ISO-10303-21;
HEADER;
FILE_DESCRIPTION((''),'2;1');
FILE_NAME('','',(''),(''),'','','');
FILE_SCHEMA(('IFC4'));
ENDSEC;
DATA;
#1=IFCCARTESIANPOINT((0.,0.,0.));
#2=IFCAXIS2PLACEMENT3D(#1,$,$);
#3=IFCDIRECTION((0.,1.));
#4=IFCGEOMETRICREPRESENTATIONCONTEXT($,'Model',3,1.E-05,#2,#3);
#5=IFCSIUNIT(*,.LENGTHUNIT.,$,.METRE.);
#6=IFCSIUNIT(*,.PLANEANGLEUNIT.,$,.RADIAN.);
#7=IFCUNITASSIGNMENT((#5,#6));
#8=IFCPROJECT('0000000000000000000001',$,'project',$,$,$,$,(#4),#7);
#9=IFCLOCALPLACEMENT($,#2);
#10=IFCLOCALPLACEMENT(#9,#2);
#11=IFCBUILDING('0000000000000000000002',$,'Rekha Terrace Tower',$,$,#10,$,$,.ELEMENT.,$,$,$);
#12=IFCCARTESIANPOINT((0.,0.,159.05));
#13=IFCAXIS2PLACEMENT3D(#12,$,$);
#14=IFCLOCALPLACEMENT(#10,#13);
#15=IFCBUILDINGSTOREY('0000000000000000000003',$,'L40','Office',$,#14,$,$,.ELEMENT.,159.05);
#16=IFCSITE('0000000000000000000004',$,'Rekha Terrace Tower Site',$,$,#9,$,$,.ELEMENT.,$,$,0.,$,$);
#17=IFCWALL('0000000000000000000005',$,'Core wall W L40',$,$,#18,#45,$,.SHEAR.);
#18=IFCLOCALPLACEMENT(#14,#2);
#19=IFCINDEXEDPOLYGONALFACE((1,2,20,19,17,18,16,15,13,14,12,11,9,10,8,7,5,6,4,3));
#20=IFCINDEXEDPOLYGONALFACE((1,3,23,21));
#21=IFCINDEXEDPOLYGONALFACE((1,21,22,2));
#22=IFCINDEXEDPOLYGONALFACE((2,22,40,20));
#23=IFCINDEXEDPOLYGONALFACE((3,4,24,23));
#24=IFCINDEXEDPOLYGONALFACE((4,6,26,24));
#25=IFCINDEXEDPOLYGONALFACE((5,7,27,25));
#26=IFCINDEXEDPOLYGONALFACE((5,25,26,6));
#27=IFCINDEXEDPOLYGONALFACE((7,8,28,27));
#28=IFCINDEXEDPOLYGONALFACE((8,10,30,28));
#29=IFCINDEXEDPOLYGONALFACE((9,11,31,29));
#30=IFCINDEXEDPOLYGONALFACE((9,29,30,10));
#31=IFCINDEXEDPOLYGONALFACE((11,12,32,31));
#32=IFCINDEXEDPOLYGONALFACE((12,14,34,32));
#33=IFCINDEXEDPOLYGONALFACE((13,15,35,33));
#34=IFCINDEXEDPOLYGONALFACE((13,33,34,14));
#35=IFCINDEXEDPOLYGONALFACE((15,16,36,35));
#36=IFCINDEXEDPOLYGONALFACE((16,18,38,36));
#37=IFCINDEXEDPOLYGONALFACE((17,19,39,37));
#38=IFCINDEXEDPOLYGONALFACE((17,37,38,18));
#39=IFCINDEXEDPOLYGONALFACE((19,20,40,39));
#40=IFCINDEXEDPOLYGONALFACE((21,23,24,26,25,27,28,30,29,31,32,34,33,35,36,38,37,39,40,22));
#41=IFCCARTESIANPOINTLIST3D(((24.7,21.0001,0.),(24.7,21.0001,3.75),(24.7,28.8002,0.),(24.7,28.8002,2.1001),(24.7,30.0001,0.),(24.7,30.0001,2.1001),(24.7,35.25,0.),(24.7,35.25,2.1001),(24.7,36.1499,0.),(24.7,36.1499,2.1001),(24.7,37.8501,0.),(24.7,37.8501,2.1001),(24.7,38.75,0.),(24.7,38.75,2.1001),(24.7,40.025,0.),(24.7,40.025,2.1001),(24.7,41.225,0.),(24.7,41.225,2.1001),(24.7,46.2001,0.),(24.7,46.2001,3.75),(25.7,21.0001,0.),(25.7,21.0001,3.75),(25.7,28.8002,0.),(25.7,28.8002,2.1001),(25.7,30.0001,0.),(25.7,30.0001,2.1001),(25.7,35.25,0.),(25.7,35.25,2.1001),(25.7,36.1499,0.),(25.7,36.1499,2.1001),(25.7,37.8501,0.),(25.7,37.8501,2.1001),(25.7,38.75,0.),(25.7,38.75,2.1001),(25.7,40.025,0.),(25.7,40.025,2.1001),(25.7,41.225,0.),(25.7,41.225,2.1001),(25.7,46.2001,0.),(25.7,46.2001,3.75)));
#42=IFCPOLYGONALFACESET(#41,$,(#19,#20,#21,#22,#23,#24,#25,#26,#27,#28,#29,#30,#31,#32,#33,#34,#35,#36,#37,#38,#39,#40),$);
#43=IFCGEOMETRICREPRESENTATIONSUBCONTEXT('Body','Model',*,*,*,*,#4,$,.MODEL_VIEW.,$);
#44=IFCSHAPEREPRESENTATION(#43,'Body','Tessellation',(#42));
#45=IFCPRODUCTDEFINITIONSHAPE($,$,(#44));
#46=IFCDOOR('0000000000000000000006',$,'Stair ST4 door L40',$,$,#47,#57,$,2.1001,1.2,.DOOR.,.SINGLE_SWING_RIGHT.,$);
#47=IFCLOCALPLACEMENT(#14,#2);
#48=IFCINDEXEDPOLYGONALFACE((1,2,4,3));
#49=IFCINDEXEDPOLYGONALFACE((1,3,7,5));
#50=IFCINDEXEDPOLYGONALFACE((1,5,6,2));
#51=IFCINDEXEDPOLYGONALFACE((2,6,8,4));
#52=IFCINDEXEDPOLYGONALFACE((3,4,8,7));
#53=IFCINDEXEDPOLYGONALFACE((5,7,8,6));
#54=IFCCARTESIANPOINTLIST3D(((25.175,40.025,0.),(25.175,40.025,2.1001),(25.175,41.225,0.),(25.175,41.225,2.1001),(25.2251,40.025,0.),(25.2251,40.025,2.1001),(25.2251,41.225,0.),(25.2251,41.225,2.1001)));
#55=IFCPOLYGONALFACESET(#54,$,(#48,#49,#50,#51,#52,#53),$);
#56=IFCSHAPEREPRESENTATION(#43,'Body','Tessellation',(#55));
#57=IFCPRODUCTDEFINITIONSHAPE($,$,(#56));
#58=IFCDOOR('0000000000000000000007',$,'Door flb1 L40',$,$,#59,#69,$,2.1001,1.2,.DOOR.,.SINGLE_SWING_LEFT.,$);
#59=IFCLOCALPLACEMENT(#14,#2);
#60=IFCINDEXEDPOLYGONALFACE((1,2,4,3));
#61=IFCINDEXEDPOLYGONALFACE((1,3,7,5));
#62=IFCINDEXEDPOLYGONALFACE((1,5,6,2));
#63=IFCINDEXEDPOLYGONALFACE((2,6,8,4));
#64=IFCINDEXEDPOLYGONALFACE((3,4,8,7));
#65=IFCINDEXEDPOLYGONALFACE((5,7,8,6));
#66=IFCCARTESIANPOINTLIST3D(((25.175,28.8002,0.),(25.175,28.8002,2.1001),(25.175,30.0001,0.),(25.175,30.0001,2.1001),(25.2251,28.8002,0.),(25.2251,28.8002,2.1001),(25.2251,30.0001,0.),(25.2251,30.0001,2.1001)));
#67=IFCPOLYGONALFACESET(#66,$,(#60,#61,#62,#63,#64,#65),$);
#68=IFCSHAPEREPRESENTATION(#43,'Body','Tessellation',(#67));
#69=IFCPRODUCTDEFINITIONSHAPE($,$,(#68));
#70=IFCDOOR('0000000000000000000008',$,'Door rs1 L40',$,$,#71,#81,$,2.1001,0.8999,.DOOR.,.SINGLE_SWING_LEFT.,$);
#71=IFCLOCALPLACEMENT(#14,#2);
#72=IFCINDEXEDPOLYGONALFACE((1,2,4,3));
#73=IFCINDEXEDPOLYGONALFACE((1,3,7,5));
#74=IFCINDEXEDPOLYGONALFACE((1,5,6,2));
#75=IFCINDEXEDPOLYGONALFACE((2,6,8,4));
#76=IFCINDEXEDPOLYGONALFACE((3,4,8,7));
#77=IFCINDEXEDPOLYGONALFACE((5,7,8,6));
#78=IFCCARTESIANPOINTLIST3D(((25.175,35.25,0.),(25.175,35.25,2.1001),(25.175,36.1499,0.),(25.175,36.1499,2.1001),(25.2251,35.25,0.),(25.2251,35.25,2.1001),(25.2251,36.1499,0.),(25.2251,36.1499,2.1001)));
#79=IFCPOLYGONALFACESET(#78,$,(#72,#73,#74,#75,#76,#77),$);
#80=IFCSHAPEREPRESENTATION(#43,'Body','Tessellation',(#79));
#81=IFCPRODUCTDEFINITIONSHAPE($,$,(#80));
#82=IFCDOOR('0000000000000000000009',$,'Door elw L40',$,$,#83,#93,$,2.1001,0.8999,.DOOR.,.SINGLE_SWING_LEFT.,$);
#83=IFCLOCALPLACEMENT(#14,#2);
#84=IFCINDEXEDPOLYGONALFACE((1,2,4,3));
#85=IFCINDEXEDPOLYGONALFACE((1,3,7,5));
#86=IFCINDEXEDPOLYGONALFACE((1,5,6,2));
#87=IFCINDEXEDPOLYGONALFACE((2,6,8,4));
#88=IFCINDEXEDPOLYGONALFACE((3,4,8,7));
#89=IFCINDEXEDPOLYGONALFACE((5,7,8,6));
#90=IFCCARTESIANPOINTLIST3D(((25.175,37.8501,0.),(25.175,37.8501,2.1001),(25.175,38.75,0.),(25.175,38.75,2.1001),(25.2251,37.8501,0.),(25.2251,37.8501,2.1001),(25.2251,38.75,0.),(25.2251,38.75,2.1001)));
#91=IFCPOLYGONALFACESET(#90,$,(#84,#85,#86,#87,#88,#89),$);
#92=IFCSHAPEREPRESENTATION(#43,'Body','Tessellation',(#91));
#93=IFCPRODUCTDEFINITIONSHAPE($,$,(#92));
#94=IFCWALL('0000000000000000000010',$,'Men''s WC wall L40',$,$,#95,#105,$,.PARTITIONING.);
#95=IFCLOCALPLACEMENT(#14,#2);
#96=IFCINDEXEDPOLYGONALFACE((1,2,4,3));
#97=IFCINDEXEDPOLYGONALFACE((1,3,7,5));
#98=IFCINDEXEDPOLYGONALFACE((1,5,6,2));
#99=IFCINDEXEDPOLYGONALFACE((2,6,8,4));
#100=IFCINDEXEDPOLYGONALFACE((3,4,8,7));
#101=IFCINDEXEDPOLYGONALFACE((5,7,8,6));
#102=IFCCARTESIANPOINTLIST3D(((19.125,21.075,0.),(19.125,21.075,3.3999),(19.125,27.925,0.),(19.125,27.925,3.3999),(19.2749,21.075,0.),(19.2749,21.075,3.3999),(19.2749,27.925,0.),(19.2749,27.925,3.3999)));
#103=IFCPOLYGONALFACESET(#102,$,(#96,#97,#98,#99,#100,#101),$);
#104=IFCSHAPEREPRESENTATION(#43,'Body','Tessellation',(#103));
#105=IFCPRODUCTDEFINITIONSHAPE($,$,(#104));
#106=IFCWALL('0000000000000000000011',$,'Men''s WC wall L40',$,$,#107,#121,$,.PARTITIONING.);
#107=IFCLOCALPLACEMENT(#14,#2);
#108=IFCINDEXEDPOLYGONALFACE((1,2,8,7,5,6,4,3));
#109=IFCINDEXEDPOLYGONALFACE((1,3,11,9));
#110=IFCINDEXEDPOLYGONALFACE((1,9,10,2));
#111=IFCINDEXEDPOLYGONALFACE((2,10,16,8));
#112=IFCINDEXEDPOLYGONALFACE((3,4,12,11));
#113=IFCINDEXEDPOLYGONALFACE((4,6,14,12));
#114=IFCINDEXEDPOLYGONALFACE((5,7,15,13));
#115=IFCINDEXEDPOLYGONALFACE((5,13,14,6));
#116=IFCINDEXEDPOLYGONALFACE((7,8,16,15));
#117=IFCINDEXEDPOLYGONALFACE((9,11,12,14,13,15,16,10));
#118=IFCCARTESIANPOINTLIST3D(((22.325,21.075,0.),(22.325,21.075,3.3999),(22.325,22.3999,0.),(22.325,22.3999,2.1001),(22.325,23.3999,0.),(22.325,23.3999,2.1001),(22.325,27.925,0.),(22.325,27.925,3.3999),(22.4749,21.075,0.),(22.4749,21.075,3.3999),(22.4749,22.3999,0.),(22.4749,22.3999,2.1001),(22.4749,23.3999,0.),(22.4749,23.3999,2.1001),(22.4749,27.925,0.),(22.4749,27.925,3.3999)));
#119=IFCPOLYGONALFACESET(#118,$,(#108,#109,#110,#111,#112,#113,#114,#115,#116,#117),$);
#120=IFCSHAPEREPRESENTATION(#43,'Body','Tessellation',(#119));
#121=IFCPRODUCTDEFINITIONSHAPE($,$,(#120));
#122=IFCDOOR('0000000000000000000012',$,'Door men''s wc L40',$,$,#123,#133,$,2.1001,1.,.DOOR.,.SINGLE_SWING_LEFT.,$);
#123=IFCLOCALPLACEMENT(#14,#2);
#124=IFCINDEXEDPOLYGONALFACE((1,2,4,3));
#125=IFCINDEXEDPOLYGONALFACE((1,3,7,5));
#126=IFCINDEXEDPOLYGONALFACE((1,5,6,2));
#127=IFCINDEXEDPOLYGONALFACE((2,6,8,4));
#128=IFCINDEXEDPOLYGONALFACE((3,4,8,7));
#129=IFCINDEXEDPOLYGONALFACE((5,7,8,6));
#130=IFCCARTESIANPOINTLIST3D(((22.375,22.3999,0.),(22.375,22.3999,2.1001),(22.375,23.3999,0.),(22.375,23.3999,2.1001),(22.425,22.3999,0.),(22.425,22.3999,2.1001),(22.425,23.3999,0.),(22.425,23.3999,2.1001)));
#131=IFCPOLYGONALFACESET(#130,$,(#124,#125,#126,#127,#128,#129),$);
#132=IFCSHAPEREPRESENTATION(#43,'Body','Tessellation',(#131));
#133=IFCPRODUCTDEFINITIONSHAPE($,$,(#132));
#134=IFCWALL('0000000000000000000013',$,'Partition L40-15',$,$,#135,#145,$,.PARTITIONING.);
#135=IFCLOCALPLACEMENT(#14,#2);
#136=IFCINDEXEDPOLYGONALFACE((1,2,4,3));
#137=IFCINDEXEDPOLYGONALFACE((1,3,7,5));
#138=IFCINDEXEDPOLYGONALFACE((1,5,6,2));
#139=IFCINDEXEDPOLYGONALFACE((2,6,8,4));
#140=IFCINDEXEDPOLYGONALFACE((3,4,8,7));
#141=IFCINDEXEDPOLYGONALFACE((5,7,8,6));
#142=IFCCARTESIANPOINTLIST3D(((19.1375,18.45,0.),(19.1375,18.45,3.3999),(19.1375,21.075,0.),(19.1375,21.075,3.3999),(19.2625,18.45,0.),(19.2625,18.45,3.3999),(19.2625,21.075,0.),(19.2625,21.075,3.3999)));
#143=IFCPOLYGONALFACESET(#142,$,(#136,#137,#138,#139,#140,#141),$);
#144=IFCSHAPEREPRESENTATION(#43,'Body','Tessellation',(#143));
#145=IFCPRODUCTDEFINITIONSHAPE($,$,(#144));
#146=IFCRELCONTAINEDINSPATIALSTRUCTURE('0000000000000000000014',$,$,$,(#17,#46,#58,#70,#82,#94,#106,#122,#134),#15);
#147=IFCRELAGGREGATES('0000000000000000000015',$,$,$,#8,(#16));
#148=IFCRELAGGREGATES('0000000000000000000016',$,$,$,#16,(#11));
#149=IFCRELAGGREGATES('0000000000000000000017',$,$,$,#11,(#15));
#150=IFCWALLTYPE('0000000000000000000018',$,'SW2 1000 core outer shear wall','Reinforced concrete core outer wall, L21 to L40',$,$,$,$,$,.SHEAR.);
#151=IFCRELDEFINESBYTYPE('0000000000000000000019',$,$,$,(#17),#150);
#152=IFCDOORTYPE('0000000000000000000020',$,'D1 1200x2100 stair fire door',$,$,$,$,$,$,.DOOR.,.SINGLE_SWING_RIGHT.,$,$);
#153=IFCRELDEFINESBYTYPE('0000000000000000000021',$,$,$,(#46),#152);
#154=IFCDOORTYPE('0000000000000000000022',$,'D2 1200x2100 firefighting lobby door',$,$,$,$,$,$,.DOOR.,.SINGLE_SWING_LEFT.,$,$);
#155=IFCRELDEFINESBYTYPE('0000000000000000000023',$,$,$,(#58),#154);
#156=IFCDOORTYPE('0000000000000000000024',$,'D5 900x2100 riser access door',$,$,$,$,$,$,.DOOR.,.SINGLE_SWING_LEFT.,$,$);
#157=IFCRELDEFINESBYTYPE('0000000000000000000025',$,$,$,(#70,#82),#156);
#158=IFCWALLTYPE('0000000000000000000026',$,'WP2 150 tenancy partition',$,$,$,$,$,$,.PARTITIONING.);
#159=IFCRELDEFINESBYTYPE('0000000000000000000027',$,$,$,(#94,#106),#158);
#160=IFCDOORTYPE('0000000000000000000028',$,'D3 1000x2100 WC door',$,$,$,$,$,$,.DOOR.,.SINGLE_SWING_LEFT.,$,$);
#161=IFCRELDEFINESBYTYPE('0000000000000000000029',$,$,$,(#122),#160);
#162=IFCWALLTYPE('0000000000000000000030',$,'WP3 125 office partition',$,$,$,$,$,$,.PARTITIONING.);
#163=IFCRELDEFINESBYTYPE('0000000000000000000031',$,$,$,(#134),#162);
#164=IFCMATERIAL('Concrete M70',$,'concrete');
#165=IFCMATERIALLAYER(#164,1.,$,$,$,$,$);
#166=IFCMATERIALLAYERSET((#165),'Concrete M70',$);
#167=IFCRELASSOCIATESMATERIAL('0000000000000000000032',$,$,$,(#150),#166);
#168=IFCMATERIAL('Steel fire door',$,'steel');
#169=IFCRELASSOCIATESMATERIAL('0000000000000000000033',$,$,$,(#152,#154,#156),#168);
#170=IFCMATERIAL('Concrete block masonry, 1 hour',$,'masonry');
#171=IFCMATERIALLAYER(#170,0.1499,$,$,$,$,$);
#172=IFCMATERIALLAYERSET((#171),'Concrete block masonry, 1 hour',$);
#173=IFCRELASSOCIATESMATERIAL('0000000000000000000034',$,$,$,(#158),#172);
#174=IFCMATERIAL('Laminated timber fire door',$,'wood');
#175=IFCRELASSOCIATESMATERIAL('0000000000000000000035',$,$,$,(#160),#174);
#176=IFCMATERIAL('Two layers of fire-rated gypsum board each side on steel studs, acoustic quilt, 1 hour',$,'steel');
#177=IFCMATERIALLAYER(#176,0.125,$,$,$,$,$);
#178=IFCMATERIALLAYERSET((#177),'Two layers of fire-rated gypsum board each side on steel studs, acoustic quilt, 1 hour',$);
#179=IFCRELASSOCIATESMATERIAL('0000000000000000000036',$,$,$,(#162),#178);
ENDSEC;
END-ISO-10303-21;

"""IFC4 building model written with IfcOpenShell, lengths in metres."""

from ifc_helpers import new_model, si_unit, direction, frame, frame_2d, origin, place, context, subcontext, project, spatial, rectangle, extrude, material, layer, layer_set, type_object, element, fill, save


model = new_model("IFC4")

# Units and contexts
model_context = context("Model", 3, precision=1e-05, world=origin(), true_north=direction((0.0, 1.0)))
body_context = subcontext(model_context, "Body", "Model", "MODEL_VIEW")
ifc_project = project(units=[si_unit("LENGTHUNIT", "METRE"), si_unit("PLANEANGLEUNIT", "RADIAN")], contexts=[model_context])

# Site, building, storey
site_placement = place(None, origin())
site = spatial("IfcSite", under=ifc_project, at=site_placement, Name="Rekha Terrace Tower Site", CompositionType="ELEMENT", RefElevation=0.0)
building_placement = place(site_placement, origin())
building = spatial("IfcBuilding", under=site, at=building_placement, Name="Rekha Terrace Tower", CompositionType="ELEMENT")
storey_placement = place(building_placement, frame((0.0, 0.0, 159.05)))
storey = spatial("IfcBuildingStorey", under=building, at=storey_placement, Name="L40", Description="Office", CompositionType="ELEMENT", Elevation=159.05)

# Shared definitions
ifc_material_1 = material(Name="Concrete M70", Category="concrete")

# Shared definitions
ifc_layer_1 = layer(ifc_material_1, 1.0)
ifc_layer_set_1 = layer_set([ifc_layer_1], Name="Concrete M70")
wall_type_1 = type_object("IfcWallType", Name="SW2 1000 core outer shear wall", Description="Reinforced concrete core outer wall, L21 to L40", PredefinedType="SHEAR", material=ifc_layer_set_1)

# Wall, openings, doors
wall_1_placement = place(storey_placement, frame((25.2, 21.0, 0.0), z_axis=(0.0, 0.0, 1.0), x_axis=(0.0, 1.0, 0.0)))
wall_1 = element("IfcWall", 1, at=wall_1_placement, inside=storey, type_object=wall_type_1, Name="Core wall W L40", PredefinedType="SHEAR", context=body_context, shape_type="SweptSolid", body=[
    extrude(rectangle(XDim=25.2, YDim=1.0, at=frame_2d((12.6001, 0.0))), origin(), (0.0, 0.0, 1.0), 3.75),
])
opening_1_placement = place(wall_1_placement, frame((7.8, 0.0, 0.0)))
opening_1 = element("IfcOpeningElement", 2, at=opening_1_placement, cuts=wall_1, PredefinedType="OPENING", context=body_context, shape_type="SweptSolid", body=[
    extrude(rectangle(XDim=1.2, YDim=2.1001, at=frame_2d((0.6001, 1.05))), frame((0.0, 0.51, 0.0), z_axis=(0.0, -1.0, 0.0), x_axis=(1.0, 0.0, 0.0)), (0.0, 0.0, 1.0), 1.02),
])
opening_2_placement = place(wall_1_placement, frame((14.25, 0.0, 0.0)))
opening_2 = element("IfcOpeningElement", 3, at=opening_2_placement, cuts=wall_1, PredefinedType="OPENING", context=body_context, shape_type="SweptSolid", body=[
    extrude(rectangle(XDim=0.8999, YDim=2.1001, at=frame_2d((0.45, 1.05))), frame((0.0, 0.51, 0.0), z_axis=(0.0, -1.0, 0.0), x_axis=(1.0, 0.0, 0.0)), (0.0, 0.0, 1.0), 1.02),
])
opening_3_placement = place(wall_1_placement, frame((16.8501, 0.0, 0.0)))
opening_3 = element("IfcOpeningElement", 4, at=opening_3_placement, cuts=wall_1, PredefinedType="OPENING", context=body_context, shape_type="SweptSolid", body=[
    extrude(rectangle(XDim=0.8999, YDim=2.1001, at=frame_2d((0.45, 1.05))), frame((0.0, 0.51, 0.0), z_axis=(0.0, -1.0, 0.0), x_axis=(1.0, 0.0, 0.0)), (0.0, 0.0, 1.0), 1.02),
])
opening_4_placement = place(wall_1_placement, frame((19.0249, 0.0, 0.0)))
opening_4 = element("IfcOpeningElement", 5, at=opening_4_placement, cuts=wall_1, PredefinedType="OPENING", context=body_context, shape_type="SweptSolid", body=[
    extrude(rectangle(XDim=1.2, YDim=2.1001, at=frame_2d((0.6001, 1.05))), frame((0.0, 0.51, 0.0), z_axis=(0.0, -1.0, 0.0), x_axis=(1.0, 0.0, 0.0)), (0.0, 0.0, 1.0), 1.02),
])
ifc_material_2 = material(Name="Steel fire door", Category="steel")
door_type_1 = type_object("IfcDoorType", Name="D1 1200x2100 stair fire door", OperationType="SINGLE_SWING_RIGHT", PredefinedType="DOOR", material=ifc_material_2)
door_1_placement = place(opening_4_placement, origin())
door_1 = element("IfcDoor", 6, at=door_1_placement, inside=storey, type_object=door_type_1, Name="Stair ST4 door L40", OperationType="SINGLE_SWING_RIGHT", OverallHeight=2.1001, OverallWidth=1.2, PredefinedType="DOOR", context=body_context, shape_type="SweptSolid", body=[
    extrude(rectangle(XDim=1.2, YDim=2.1001, at=frame_2d((0.6001, 1.05))), frame((0.0, 0.0249, 0.0), z_axis=(0.0, -1.0, 0.0), x_axis=(1.0, 0.0, 0.0)), (0.0, 0.0, 1.0), 0.05),
])
fill(opening_4, door_1)
door_type_2 = type_object("IfcDoorType", Name="D2 1200x2100 firefighting lobby door", OperationType="SINGLE_SWING_LEFT", PredefinedType="DOOR", material=ifc_material_2)
door_2_placement = place(opening_1_placement, origin())
door_2 = element("IfcDoor", 7, at=door_2_placement, inside=storey, type_object=door_type_2, Name="Door flb1 L40", OperationType="SINGLE_SWING_LEFT", OverallHeight=2.1001, OverallWidth=1.2, PredefinedType="DOOR", context=body_context, shape_type="SweptSolid", body=[
    extrude(rectangle(XDim=1.2, YDim=2.1001, at=frame_2d((0.6001, 1.05))), frame((0.0, 0.0249, 0.0), z_axis=(0.0, -1.0, 0.0), x_axis=(1.0, 0.0, 0.0)), (0.0, 0.0, 1.0), 0.05),
])
fill(opening_1, door_2)
door_type_3 = type_object("IfcDoorType", Name="D5 900x2100 riser access door", OperationType="SINGLE_SWING_LEFT", PredefinedType="DOOR", material=ifc_material_2)
door_3_placement = place(opening_2_placement, origin())
door_3 = element("IfcDoor", 8, at=door_3_placement, inside=storey, type_object=door_type_3, Name="Door rs1 L40", OperationType="SINGLE_SWING_LEFT", OverallHeight=2.1001, OverallWidth=0.8999, PredefinedType="DOOR", context=body_context, shape_type="SweptSolid", body=[
    extrude(rectangle(XDim=0.8999, YDim=2.1001, at=frame_2d((0.45, 1.05))), frame((0.0, 0.0249, 0.0), z_axis=(0.0, -1.0, 0.0), x_axis=(1.0, 0.0, 0.0)), (0.0, 0.0, 1.0), 0.05),
])
fill(opening_2, door_3)
door_4_placement = place(opening_3_placement, origin())
door_4 = element("IfcDoor", 9, at=door_4_placement, inside=storey, type_object=door_type_3, Name="Door elw L40", OperationType="SINGLE_SWING_LEFT", OverallHeight=2.1001, OverallWidth=0.8999, PredefinedType="DOOR", context=body_context, shape_type="SweptSolid", body=[
    extrude(rectangle(XDim=0.8999, YDim=2.1001, at=frame_2d((0.45, 1.05))), frame((0.0, 0.0249, 0.0), z_axis=(0.0, -1.0, 0.0), x_axis=(1.0, 0.0, 0.0)), (0.0, 0.0, 1.0), 0.05),
])
fill(opening_3, door_4)

# Wall
ifc_material_3 = material(Name="Concrete block masonry, 1 hour", Category="masonry")
ifc_layer_2 = layer(ifc_material_3, 0.1499)
ifc_layer_set_2 = layer_set([ifc_layer_2], Name="Concrete block masonry, 1 hour")
wall_type_2 = type_object("IfcWallType", Name="WP2 150 tenancy partition", PredefinedType="PARTITIONING", material=ifc_layer_set_2)
wall_2_placement = place(storey_placement, frame((19.2, 21.075, 0.0), z_axis=(0.0, 0.0, 1.0), x_axis=(0.0, 1.0, 0.0)))
element("IfcWall", 10, at=wall_2_placement, inside=storey, type_object=wall_type_2, Name="Men's WC wall L40", PredefinedType="PARTITIONING", context=body_context, shape_type="SweptSolid", body=[
    extrude(rectangle(XDim=6.8501, YDim=0.1499, at=frame_2d((3.425, 0.0))), origin(), (0.0, 0.0, 1.0), 3.3999),
])

# Wall, opening, door
wall_3_placement = place(storey_placement, frame((22.3999, 21.075, 0.0), z_axis=(0.0, 0.0, 1.0), x_axis=(0.0, 1.0, 0.0)))
wall_3 = element("IfcWall", 11, at=wall_3_placement, inside=storey, type_object=wall_type_2, Name="Men's WC wall L40", PredefinedType="PARTITIONING", context=body_context, shape_type="SweptSolid", body=[
    extrude(rectangle(XDim=6.8501, YDim=0.1499, at=frame_2d((3.425, 0.0))), origin(), (0.0, 0.0, 1.0), 3.3999),
])
opening_5_placement = place(wall_3_placement, frame((1.325, 0.0, 0.0)))
opening_5 = element("IfcOpeningElement", 12, at=opening_5_placement, cuts=wall_3, PredefinedType="OPENING", context=body_context, shape_type="SweptSolid", body=[
    extrude(rectangle(XDim=1.0, YDim=2.1001, at=frame_2d((0.5, 1.05))), frame((0.0, 0.085, 0.0), z_axis=(0.0, -1.0, 0.0), x_axis=(1.0, 0.0, 0.0)), (0.0, 0.0, 1.0), 0.1699),
])
ifc_material_4 = material(Name="Laminated timber fire door", Category="wood")
door_type_4 = type_object("IfcDoorType", Name="D3 1000x2100 WC door", OperationType="SINGLE_SWING_LEFT", PredefinedType="DOOR", material=ifc_material_4)
door_5_placement = place(opening_5_placement, origin())
door_5 = element("IfcDoor", 13, at=door_5_placement, inside=storey, type_object=door_type_4, Name="Door men's wc L40", OperationType="SINGLE_SWING_LEFT", OverallHeight=2.1001, OverallWidth=1.0, PredefinedType="DOOR", context=body_context, shape_type="SweptSolid", body=[
    extrude(rectangle(XDim=1.0, YDim=2.1001, at=frame_2d((0.5, 1.05))), frame((0.0, 0.0249, 0.0), z_axis=(0.0, -1.0, 0.0), x_axis=(1.0, 0.0, 0.0)), (0.0, 0.0, 1.0), 0.05),
])
fill(opening_5, door_5)

# Wall
ifc_material_5 = material(Name="Two layers of fire-rated gypsum board each side on steel studs, acoustic quilt, 1 hour", Category="steel")
ifc_layer_3 = layer(ifc_material_5, 0.125)
ifc_layer_set_3 = layer_set([ifc_layer_3], Name="Two layers of fire-rated gypsum board each side on steel studs, acoustic quilt, 1 hour")
wall_type_3 = type_object("IfcWallType", Name="WP3 125 office partition", PredefinedType="PARTITIONING", material=ifc_layer_set_3)
wall_4_placement = place(storey_placement, frame((19.2, 21.075, 0.0), z_axis=(0.0, 0.0, 1.0), x_axis=(0.0, -1.0, 0.0)))
element("IfcWall", 14, at=wall_4_placement, inside=storey, type_object=wall_type_3, Name="Partition L40-15", PredefinedType="PARTITIONING", context=body_context, shape_type="SweptSolid", body=[
    extrude(rectangle(XDim=2.625, YDim=0.125, at=frame_2d((1.3125, 0.0))), origin(), (0.0, 0.0, 1.0), 3.3999),
])

save(model, "model.ifc")
